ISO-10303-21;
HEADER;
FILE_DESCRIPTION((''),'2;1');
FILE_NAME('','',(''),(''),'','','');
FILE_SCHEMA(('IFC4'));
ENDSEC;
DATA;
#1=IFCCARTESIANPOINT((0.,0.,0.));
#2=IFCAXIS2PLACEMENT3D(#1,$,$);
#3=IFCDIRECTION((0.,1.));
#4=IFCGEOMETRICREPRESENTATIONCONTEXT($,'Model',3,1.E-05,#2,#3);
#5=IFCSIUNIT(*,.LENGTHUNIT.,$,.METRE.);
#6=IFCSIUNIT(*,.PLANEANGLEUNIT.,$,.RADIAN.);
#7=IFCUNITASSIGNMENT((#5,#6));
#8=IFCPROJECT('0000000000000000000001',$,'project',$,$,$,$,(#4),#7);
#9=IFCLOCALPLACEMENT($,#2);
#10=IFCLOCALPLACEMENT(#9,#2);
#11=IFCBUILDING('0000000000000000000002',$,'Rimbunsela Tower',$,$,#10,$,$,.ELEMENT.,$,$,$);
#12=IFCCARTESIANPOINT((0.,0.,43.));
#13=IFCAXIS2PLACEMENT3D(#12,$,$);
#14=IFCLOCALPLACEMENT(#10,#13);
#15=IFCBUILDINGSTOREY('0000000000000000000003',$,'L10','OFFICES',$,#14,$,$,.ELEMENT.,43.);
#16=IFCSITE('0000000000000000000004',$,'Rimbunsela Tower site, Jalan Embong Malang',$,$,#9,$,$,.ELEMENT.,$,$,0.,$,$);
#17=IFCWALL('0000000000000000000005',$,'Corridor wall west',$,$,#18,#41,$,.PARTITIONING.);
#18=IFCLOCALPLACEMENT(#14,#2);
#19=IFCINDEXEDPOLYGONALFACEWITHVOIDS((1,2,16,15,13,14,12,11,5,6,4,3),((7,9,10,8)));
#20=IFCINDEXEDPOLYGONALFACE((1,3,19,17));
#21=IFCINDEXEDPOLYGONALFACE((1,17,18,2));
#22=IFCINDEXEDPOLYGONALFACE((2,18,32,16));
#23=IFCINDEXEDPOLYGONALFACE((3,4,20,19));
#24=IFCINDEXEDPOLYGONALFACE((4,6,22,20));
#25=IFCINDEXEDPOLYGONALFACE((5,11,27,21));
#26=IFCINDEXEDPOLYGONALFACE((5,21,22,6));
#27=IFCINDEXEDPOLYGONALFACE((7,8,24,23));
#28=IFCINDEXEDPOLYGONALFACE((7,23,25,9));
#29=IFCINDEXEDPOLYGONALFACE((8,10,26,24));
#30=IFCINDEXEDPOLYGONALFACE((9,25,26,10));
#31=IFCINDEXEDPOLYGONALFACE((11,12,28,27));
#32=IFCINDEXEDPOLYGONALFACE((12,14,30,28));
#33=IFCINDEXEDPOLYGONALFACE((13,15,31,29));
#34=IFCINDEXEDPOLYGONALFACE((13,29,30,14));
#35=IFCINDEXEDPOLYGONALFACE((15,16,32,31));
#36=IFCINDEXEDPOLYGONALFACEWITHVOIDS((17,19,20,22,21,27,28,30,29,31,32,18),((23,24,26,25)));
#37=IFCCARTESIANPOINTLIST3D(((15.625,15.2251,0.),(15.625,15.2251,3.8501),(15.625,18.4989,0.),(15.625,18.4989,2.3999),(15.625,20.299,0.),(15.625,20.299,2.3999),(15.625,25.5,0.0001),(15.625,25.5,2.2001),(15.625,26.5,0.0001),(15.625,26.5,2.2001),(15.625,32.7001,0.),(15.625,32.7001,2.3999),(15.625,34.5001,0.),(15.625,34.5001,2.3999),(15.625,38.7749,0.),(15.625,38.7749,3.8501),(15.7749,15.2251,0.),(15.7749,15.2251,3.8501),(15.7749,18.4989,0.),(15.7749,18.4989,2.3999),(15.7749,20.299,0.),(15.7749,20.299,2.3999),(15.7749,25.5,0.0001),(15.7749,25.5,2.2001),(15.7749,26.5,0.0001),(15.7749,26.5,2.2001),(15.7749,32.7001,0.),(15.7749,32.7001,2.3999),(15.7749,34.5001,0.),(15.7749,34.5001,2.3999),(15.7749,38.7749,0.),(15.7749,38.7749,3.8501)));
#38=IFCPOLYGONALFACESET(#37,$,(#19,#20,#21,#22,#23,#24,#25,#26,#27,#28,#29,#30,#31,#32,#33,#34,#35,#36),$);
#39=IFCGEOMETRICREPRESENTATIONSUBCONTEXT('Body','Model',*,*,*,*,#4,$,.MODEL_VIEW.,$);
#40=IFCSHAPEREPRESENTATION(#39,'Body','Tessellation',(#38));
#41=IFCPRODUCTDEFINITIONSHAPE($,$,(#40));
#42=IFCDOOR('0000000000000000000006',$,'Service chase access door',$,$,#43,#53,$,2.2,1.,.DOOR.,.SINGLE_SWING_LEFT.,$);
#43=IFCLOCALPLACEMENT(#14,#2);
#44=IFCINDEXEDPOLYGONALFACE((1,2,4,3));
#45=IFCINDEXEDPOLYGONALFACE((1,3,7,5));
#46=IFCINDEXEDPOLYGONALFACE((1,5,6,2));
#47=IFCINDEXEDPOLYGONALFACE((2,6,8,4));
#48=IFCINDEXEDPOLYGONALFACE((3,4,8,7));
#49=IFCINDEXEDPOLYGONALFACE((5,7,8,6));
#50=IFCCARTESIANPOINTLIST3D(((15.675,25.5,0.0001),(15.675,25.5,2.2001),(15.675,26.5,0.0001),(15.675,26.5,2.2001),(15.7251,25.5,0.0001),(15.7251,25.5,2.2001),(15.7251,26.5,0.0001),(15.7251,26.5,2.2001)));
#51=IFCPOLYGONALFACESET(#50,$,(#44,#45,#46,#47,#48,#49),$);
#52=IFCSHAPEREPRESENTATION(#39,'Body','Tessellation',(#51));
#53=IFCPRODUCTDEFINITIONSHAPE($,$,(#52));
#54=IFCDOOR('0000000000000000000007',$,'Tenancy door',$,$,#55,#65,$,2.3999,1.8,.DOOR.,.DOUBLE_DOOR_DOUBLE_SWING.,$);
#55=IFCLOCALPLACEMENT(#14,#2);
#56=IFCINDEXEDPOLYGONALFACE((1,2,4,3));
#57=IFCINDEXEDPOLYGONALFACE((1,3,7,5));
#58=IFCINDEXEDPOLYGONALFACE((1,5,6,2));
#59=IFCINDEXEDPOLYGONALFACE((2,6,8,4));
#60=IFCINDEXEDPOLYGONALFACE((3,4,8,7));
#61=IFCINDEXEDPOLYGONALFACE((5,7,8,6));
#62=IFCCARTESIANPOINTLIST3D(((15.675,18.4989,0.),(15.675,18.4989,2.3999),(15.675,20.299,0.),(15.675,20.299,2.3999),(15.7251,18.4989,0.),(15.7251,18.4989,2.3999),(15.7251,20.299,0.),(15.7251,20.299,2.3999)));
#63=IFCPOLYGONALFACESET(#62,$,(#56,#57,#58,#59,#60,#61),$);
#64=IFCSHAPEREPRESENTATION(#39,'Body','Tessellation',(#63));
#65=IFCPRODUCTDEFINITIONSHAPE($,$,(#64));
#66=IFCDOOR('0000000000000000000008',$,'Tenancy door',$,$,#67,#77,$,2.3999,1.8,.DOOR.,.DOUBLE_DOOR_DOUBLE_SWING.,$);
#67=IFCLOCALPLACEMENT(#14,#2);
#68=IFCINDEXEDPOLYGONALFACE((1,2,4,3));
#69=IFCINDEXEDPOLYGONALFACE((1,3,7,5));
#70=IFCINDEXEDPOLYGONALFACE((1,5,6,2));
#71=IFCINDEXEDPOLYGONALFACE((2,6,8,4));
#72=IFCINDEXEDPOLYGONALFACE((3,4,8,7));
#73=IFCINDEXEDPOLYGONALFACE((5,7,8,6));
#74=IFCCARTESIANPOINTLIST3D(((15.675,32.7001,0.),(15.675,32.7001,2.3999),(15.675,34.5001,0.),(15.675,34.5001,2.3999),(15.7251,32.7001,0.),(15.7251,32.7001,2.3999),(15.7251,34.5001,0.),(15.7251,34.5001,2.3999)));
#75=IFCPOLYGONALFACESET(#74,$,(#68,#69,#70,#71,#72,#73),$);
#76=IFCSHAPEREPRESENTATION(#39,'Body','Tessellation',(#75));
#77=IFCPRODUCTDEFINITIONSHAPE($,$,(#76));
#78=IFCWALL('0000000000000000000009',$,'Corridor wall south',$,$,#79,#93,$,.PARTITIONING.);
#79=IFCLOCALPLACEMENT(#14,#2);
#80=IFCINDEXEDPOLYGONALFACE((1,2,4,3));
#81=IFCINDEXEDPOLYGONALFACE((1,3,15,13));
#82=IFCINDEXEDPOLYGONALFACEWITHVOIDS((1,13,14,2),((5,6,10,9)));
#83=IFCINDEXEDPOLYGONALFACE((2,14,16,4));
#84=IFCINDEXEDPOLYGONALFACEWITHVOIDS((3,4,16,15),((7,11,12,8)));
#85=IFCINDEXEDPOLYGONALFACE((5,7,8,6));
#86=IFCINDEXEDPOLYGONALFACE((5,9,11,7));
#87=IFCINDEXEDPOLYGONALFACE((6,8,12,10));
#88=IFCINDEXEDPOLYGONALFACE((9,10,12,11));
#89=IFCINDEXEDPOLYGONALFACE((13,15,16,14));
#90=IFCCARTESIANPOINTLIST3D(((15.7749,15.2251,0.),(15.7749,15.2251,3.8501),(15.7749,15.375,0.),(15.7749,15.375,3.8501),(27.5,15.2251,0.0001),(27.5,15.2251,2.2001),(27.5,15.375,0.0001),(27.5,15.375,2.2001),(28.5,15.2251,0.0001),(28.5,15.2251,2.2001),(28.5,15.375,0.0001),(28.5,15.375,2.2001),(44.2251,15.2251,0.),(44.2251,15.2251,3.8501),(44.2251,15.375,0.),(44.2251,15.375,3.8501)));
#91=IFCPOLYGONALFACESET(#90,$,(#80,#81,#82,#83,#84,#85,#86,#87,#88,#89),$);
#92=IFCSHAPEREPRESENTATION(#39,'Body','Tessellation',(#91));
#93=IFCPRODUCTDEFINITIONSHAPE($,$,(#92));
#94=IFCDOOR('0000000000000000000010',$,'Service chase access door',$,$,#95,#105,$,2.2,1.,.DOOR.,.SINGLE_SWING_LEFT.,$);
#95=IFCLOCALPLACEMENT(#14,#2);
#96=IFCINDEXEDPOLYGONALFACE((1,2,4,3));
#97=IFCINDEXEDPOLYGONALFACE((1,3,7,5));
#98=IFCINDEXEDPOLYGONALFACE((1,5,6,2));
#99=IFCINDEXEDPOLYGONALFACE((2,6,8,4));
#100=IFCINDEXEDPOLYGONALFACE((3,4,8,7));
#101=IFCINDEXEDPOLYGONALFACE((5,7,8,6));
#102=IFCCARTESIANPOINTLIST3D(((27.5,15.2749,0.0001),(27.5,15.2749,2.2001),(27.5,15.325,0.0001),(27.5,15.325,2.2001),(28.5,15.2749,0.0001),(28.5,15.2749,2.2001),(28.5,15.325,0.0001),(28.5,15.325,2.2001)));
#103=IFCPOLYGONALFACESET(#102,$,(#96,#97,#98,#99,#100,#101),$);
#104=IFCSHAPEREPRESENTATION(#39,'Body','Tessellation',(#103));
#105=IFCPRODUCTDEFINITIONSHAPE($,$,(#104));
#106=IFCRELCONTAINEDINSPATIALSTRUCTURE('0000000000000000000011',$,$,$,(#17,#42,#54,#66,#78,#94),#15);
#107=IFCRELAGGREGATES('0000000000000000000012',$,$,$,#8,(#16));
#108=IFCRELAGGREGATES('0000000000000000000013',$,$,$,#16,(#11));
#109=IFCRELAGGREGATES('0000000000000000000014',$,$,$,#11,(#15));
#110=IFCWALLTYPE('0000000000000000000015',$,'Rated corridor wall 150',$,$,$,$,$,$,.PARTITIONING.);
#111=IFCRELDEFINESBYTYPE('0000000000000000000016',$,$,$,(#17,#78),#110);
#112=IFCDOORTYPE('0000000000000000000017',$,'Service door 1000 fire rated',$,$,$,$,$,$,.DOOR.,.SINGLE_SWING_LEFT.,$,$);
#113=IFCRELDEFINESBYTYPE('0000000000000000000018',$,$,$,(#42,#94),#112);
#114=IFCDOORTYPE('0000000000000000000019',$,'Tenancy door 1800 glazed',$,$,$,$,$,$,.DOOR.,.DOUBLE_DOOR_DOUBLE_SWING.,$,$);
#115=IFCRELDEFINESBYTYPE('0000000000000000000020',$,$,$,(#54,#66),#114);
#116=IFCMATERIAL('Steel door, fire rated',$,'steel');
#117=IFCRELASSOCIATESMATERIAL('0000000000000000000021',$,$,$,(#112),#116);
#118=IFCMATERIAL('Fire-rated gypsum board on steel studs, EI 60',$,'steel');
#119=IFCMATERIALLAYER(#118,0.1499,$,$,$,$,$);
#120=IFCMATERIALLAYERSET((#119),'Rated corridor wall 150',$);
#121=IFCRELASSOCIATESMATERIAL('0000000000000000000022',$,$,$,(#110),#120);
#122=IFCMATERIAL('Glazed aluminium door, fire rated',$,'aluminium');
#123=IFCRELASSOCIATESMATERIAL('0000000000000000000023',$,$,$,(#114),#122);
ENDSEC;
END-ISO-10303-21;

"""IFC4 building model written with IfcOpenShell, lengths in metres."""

from ifc_helpers import new_model, si_unit, direction, frame, frame_2d, origin, place, context, subcontext, project, spatial, rectangle, extrude, material, layer, layer_set, type_object, element, fill, save


model = new_model("IFC4")

# Units and contexts
model_context = context("Model", 3, precision=1e-05, world=origin(), true_north=direction((0.0, 1.0)))
body_context = subcontext(model_context, "Body", "Model", "MODEL_VIEW")
ifc_project = project(units=[si_unit("LENGTHUNIT", "METRE"), si_unit("PLANEANGLEUNIT", "RADIAN")], contexts=[model_context])

# Site, building, storey
site_placement = place(None, origin())
site = spatial("IfcSite", under=ifc_project, at=site_placement, Name="Rimbunsela Tower site, Jalan Embong Malang", CompositionType="ELEMENT", RefElevation=0.0)
building_placement = place(site_placement, origin())
building = spatial("IfcBuilding", under=site, at=building_placement, Name="Rimbunsela Tower", CompositionType="ELEMENT")
storey_placement = place(building_placement, frame((0.0, 0.0, 43.0)))
storey = spatial("IfcBuildingStorey", under=building, at=storey_placement, Name="L10", Description="OFFICES", CompositionType="ELEMENT", Elevation=43.0)

# Shared definitions
ifc_material_1 = material(Name="Steel door, fire rated", Category="steel")
door_type_1 = type_object("IfcDoorType", Name="Service door 1000 fire rated", OperationType="SINGLE_SWING_LEFT", PredefinedType="DOOR", material=ifc_material_1)

# Wall, openings, doors
ifc_material_2 = material(Name="Fire-rated gypsum board on steel studs, EI 60", Category="steel")
ifc_layer_1 = layer(ifc_material_2, 0.1499)
ifc_layer_set_1 = layer_set([ifc_layer_1], Name="Rated corridor wall 150")
wall_type_1 = type_object("IfcWallType", Name="Rated corridor wall 150", PredefinedType="PARTITIONING", material=ifc_layer_set_1)
wall_1_placement = place(storey_placement, frame((15.7, 15.2251, 0.0), z_axis=(0.0, 0.0, 1.0), x_axis=(0.0, 1.0, 0.0)))
wall_1 = element("IfcWall", 1, at=wall_1_placement, inside=storey, type_object=wall_type_1, Name="Corridor wall west", PredefinedType="PARTITIONING", context=body_context, shape_type="SweptSolid", body=[
    extrude(rectangle(XDim=23.5498, YDim=0.1499, at=frame_2d((11.7749, 0.0))), origin(), (0.0, 0.0, 1.0), 3.8501),
])
opening_1_placement = place(wall_1_placement, frame((3.2739, 0.0, 0.0)))
opening_1 = element("IfcOpeningElement", 2, at=opening_1_placement, cuts=wall_1, PredefinedType="OPENING", context=body_context, shape_type="SweptSolid", body=[
    extrude(rectangle(XDim=1.8, YDim=2.3999, at=frame_2d((0.8999, 1.2))), frame((0.0, 0.085, 0.0), z_axis=(0.0, -1.0, 0.0), x_axis=(1.0, 0.0, 0.0)), (0.0, 0.0, 1.0), 0.1699),
])
opening_2_placement = place(wall_1_placement, frame((17.4751, 0.0, 0.0)))
opening_2 = element("IfcOpeningElement", 3, at=opening_2_placement, cuts=wall_1, PredefinedType="OPENING", context=body_context, shape_type="SweptSolid", body=[
    extrude(rectangle(XDim=1.8, YDim=2.3999, at=frame_2d((0.8999, 1.2))), frame((0.0, 0.085, 0.0), z_axis=(0.0, -1.0, 0.0), x_axis=(1.0, 0.0, 0.0)), (0.0, 0.0, 1.0), 0.1699),
])
opening_3_placement = place(wall_1_placement, frame((10.2749, 0.0, 0.0)))
opening_3 = element("IfcOpeningElement", 4, at=opening_3_placement, cuts=wall_1, PredefinedType="OPENING", context=body_context, shape_type="SweptSolid", body=[
    extrude(rectangle(XDim=1.0, YDim=2.2, at=frame_2d((0.5, 1.1001))), frame((0.0, 0.085, 0.0), z_axis=(0.0, -1.0, 0.0), x_axis=(1.0, 0.0, 0.0)), (0.0, 0.0, 1.0), 0.1699),
])
door_1_placement = place(opening_3_placement, origin())
door_1 = element("IfcDoor", 5, at=door_1_placement, inside=storey, type_object=door_type_1, Name="Service chase access door", OperationType="SINGLE_SWING_LEFT", OverallHeight=2.2, OverallWidth=1.0, PredefinedType="DOOR", context=body_context, shape_type="SweptSolid", body=[
    extrude(rectangle(XDim=1.0, YDim=2.2, at=frame_2d((0.5, 1.1001))), frame((0.0, 0.0249, 0.0), z_axis=(0.0, -1.0, 0.0), x_axis=(1.0, 0.0, 0.0)), (0.0, 0.0, 1.0), 0.05),
])
fill(opening_3, door_1)
ifc_material_3 = material(Name="Glazed aluminium door, fire rated", Category="aluminium")
door_type_2 = type_object("IfcDoorType", Name="Tenancy door 1800 glazed", OperationType="DOUBLE_DOOR_DOUBLE_SWING", PredefinedType="DOOR", material=ifc_material_3)
door_2_placement = place(opening_1_placement, origin())
door_2 = element("IfcDoor", 6, at=door_2_placement, inside=storey, type_object=door_type_2, Name="Tenancy door", OperationType="DOUBLE_DOOR_DOUBLE_SWING", OverallHeight=2.3999, OverallWidth=1.8, PredefinedType="DOOR", context=body_context, shape_type="SweptSolid", body=[
    extrude(rectangle(XDim=1.8, YDim=2.3999, at=frame_2d((0.8999, 1.2))), frame((0.0, 0.0249, 0.0), z_axis=(0.0, -1.0, 0.0), x_axis=(1.0, 0.0, 0.0)), (0.0, 0.0, 1.0), 0.05),
])
fill(opening_1, door_2)
door_3_placement = place(opening_2_placement, origin())
door_3 = element("IfcDoor", 7, at=door_3_placement, inside=storey, type_object=door_type_2, Name="Tenancy door", OperationType="DOUBLE_DOOR_DOUBLE_SWING", OverallHeight=2.3999, OverallWidth=1.8, PredefinedType="DOOR", context=body_context, shape_type="SweptSolid", body=[
    extrude(rectangle(XDim=1.8, YDim=2.3999, at=frame_2d((0.8999, 1.2))), frame((0.0, 0.0249, 0.0), z_axis=(0.0, -1.0, 0.0), x_axis=(1.0, 0.0, 0.0)), (0.0, 0.0, 1.0), 0.05),
])
fill(opening_2, door_3)

# Wall, opening, door
wall_2_placement = place(storey_placement, frame((15.7749, 15.3, 0.0), z_axis=(0.0, 0.0, 1.0), x_axis=(1.0, 0.0, 0.0)))
wall_2 = element("IfcWall", 8, at=wall_2_placement, inside=storey, type_object=wall_type_1, Name="Corridor wall south", PredefinedType="PARTITIONING", context=body_context, shape_type="SweptSolid", body=[
    extrude(rectangle(XDim=28.4502, YDim=0.1499, at=frame_2d((14.2251, 0.0))), origin(), (0.0, 0.0, 1.0), 3.8501),
])
opening_4_placement = place(wall_2_placement, frame((11.7251, 0.0, 0.0)))
opening_4 = element("IfcOpeningElement", 9, at=opening_4_placement, cuts=wall_2, PredefinedType="OPENING", context=body_context, shape_type="SweptSolid", body=[
    extrude(rectangle(XDim=1.0, YDim=2.2, at=frame_2d((0.5, 1.1001))), frame((0.0, 0.085, 0.0), z_axis=(0.0, -1.0, 0.0), x_axis=(1.0, 0.0, 0.0)), (0.0, 0.0, 1.0), 0.1699),
])
door_4_placement = place(opening_4_placement, origin())
door_4 = element("IfcDoor", 10, at=door_4_placement, inside=storey, type_object=door_type_1, Name="Service chase access door", OperationType="SINGLE_SWING_LEFT", OverallHeight=2.2, OverallWidth=1.0, PredefinedType="DOOR", context=body_context, shape_type="SweptSolid", body=[
    extrude(rectangle(XDim=1.0, YDim=2.2, at=frame_2d((0.5, 1.1001))), frame((0.0, 0.0249, 0.0), z_axis=(0.0, -1.0, 0.0), x_axis=(1.0, 0.0, 0.0)), (0.0, 0.0, 1.0), 0.05),
])
fill(opening_4, door_4)

save(model, "model.ifc")
